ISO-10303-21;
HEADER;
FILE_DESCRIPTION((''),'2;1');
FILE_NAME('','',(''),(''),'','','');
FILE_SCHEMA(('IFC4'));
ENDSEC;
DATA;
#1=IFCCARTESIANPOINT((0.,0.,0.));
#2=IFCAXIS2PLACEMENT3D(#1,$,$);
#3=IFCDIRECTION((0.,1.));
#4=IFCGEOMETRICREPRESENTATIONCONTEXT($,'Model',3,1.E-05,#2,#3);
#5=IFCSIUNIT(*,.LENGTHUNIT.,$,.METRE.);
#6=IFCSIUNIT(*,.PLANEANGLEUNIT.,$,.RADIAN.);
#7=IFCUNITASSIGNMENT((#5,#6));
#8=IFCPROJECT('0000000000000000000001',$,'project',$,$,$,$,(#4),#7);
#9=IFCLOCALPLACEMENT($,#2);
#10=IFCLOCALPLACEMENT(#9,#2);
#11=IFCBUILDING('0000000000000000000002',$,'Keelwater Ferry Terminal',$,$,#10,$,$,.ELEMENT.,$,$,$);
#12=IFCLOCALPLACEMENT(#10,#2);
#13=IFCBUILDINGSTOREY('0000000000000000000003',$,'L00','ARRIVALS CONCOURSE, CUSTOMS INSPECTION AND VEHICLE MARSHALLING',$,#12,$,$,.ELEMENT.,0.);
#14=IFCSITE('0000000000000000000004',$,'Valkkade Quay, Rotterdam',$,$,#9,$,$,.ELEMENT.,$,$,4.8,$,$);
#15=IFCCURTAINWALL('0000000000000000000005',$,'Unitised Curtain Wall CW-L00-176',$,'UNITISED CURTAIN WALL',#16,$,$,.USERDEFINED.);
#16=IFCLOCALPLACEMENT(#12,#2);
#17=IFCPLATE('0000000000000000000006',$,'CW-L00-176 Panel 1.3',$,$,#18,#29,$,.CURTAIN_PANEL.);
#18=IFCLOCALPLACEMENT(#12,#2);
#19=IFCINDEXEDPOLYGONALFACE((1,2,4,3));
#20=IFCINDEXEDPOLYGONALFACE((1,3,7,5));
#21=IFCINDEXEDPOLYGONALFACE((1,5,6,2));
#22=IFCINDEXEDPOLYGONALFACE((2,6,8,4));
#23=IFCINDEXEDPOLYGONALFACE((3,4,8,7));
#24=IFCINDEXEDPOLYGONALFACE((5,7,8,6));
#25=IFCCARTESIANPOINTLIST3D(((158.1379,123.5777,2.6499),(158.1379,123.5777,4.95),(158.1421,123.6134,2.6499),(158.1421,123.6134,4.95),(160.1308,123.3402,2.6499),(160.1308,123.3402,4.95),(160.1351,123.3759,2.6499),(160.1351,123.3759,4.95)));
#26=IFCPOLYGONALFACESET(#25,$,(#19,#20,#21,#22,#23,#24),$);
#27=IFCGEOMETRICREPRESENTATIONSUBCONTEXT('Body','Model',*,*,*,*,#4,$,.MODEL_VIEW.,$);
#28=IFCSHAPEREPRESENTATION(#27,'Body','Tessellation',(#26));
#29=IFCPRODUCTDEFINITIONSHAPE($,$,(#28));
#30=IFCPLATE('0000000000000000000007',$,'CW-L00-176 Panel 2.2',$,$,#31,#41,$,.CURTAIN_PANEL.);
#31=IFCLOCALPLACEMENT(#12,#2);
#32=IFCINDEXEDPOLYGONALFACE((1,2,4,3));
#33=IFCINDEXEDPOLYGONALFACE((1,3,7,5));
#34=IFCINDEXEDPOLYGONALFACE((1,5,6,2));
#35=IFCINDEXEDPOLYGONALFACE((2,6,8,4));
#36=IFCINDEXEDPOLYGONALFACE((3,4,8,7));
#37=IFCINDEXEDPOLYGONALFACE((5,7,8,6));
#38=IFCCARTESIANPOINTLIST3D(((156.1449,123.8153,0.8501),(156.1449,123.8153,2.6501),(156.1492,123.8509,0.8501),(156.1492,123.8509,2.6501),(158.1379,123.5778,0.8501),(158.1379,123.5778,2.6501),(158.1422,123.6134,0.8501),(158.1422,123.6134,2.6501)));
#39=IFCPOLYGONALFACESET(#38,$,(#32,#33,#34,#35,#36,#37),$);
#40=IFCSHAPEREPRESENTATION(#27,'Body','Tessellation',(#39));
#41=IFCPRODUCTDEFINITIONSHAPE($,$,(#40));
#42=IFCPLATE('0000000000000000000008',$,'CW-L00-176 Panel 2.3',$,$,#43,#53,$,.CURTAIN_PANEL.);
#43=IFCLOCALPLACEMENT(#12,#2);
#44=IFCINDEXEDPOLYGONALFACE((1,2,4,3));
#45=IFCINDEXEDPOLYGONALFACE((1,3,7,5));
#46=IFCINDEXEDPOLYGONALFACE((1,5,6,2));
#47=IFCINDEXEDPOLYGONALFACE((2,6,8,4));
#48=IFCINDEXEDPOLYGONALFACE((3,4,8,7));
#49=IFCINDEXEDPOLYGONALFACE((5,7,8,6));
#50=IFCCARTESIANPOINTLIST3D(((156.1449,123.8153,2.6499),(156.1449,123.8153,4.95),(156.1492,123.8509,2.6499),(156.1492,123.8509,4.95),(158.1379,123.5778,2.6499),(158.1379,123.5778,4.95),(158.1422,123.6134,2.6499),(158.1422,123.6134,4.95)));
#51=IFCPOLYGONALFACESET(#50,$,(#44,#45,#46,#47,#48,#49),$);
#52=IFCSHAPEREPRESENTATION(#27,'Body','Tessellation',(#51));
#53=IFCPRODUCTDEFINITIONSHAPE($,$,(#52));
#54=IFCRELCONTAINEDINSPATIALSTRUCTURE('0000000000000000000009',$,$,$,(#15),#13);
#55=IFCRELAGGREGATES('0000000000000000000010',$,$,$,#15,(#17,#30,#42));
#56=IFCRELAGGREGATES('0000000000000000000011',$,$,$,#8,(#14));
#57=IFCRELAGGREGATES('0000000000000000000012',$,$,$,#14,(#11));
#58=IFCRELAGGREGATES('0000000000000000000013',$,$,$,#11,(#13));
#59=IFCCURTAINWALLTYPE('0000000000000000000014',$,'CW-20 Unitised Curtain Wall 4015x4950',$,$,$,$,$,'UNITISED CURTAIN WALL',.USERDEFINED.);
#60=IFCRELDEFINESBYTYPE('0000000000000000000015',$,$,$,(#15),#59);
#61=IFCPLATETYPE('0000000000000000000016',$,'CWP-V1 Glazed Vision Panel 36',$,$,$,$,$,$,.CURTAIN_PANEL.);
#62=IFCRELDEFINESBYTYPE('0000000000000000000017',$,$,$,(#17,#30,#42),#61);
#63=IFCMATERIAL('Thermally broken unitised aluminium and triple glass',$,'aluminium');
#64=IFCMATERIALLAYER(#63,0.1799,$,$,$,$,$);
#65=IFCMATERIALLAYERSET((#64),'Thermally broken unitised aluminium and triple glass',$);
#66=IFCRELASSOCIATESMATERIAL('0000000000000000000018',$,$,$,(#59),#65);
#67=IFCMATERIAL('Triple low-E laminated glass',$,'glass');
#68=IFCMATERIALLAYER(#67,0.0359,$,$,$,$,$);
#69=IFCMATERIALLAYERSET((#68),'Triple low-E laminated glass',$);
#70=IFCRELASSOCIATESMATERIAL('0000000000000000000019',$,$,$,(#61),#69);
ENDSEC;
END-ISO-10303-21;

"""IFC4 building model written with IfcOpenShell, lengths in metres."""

from ifc_helpers import new_model, si_unit, direction, frame, origin, origin_2d, place, context, subcontext, project, spatial, rectangle, extrude, material, layer, layer_set, type_object, element, aggregate, save


model = new_model("IFC4")

# Units and contexts
model_context = context("Model", 3, precision=1e-05, world=origin(), true_north=direction((0.0, 1.0)))
body_context = subcontext(model_context, "Body", "Model", "MODEL_VIEW")
ifc_project = project(units=[si_unit("LENGTHUNIT", "METRE"), si_unit("PLANEANGLEUNIT", "RADIAN")], contexts=[model_context])

# Site, building, storey
site_placement = place(None, origin())
site = spatial("IfcSite", under=ifc_project, at=site_placement, Name="Valkkade Quay, Rotterdam", CompositionType="ELEMENT", RefElevation=4.8)
building_placement = place(site_placement, origin())
building = spatial("IfcBuilding", under=site, at=building_placement, Name="Keelwater Ferry Terminal", CompositionType="ELEMENT")
storey_placement = place(building_placement, origin())
storey = spatial("IfcBuildingStorey", under=building, at=storey_placement, Name="L00", Description="ARRIVALS CONCOURSE, CUSTOMS INSPECTION AND VEHICLE MARSHALLING", CompositionType="ELEMENT", Elevation=0.0)

# Curtain wall
ifc_material_1 = material(Name="Thermally broken unitised aluminium and triple glass", Category="aluminium")
ifc_layer_1 = layer(ifc_material_1, 0.1799)
ifc_layer_set_1 = layer_set([ifc_layer_1], Name="Thermally broken unitised aluminium and triple glass")
curtain_wall_type = type_object("IfcCurtainWallType", Name="CW-20 Unitised Curtain Wall 4015x4950", ElementType="UNITISED CURTAIN WALL", PredefinedType="USERDEFINED", material=ifc_layer_set_1)
curtain_wall_1_placement = place(storey_placement, origin())
curtain_wall_1 = element("IfcCurtainWall", 1, at=curtain_wall_1_placement, inside=storey, type_object=curtain_wall_type, Name="Unitised Curtain Wall CW-L00-176", ObjectType="UNITISED CURTAIN WALL", PredefinedType="USERDEFINED")

# Plates
ifc_material_2 = material(Name="Triple low-E laminated glass", Category="glass")
ifc_layer_2 = layer(ifc_material_2, 0.0359)
ifc_layer_set_2 = layer_set([ifc_layer_2], Name="Triple low-E laminated glass")
plate_type_1 = type_object("IfcPlateType", Name="CWP-V1 Glazed Vision Panel 36", PredefinedType="CURTAIN_PANEL", material=ifc_layer_set_2)
plate_1_placement = place(storey_placement, frame((159.1365, 123.4768, 2.6499), z_axis=(0.0, 0.0, 1.0), x_axis=(-0.992974, 0.11833, 0.0)))
plate_1 = element("IfcPlate", 2, at=plate_1_placement, type_object=plate_type_1, Name="CW-L00-176 Panel 1.3", PredefinedType="CURTAIN_PANEL", context=body_context, shape_type="SweptSolid", body=[
    extrude(rectangle(XDim=2.0071, YDim=0.0359, at=origin_2d()), origin(), (0.0, 0.0, 1.0), 2.3),
])
plate_2_placement = place(storey_placement, frame((157.1436, 123.7144, 0.8501), z_axis=(0.0, 0.0, 1.0), x_axis=(-0.992974, 0.11833, 0.0)))
plate_2 = element("IfcPlate", 3, at=plate_2_placement, type_object=plate_type_1, Name="CW-L00-176 Panel 2.2", PredefinedType="CURTAIN_PANEL", context=body_context, shape_type="SweptSolid", body=[
    extrude(rectangle(XDim=2.0071, YDim=0.0359, at=origin_2d()), origin(), (0.0, 0.0, 1.0), 1.8),
])
plate_3_placement = place(storey_placement, frame((157.1436, 123.7144, 2.6499), z_axis=(0.0, 0.0, 1.0), x_axis=(-0.992974, 0.11833, 0.0)))
plate_3 = element("IfcPlate", 4, at=plate_3_placement, type_object=plate_type_1, Name="CW-L00-176 Panel 2.3", PredefinedType="CURTAIN_PANEL", context=body_context, shape_type="SweptSolid", body=[
    extrude(rectangle(XDim=2.0071, YDim=0.0359, at=origin_2d()), origin(), (0.0, 0.0, 1.0), 2.3),
])
aggregate(curtain_wall_1, [plate_1, plate_2, plate_3])

save(model, "model.ifc")
